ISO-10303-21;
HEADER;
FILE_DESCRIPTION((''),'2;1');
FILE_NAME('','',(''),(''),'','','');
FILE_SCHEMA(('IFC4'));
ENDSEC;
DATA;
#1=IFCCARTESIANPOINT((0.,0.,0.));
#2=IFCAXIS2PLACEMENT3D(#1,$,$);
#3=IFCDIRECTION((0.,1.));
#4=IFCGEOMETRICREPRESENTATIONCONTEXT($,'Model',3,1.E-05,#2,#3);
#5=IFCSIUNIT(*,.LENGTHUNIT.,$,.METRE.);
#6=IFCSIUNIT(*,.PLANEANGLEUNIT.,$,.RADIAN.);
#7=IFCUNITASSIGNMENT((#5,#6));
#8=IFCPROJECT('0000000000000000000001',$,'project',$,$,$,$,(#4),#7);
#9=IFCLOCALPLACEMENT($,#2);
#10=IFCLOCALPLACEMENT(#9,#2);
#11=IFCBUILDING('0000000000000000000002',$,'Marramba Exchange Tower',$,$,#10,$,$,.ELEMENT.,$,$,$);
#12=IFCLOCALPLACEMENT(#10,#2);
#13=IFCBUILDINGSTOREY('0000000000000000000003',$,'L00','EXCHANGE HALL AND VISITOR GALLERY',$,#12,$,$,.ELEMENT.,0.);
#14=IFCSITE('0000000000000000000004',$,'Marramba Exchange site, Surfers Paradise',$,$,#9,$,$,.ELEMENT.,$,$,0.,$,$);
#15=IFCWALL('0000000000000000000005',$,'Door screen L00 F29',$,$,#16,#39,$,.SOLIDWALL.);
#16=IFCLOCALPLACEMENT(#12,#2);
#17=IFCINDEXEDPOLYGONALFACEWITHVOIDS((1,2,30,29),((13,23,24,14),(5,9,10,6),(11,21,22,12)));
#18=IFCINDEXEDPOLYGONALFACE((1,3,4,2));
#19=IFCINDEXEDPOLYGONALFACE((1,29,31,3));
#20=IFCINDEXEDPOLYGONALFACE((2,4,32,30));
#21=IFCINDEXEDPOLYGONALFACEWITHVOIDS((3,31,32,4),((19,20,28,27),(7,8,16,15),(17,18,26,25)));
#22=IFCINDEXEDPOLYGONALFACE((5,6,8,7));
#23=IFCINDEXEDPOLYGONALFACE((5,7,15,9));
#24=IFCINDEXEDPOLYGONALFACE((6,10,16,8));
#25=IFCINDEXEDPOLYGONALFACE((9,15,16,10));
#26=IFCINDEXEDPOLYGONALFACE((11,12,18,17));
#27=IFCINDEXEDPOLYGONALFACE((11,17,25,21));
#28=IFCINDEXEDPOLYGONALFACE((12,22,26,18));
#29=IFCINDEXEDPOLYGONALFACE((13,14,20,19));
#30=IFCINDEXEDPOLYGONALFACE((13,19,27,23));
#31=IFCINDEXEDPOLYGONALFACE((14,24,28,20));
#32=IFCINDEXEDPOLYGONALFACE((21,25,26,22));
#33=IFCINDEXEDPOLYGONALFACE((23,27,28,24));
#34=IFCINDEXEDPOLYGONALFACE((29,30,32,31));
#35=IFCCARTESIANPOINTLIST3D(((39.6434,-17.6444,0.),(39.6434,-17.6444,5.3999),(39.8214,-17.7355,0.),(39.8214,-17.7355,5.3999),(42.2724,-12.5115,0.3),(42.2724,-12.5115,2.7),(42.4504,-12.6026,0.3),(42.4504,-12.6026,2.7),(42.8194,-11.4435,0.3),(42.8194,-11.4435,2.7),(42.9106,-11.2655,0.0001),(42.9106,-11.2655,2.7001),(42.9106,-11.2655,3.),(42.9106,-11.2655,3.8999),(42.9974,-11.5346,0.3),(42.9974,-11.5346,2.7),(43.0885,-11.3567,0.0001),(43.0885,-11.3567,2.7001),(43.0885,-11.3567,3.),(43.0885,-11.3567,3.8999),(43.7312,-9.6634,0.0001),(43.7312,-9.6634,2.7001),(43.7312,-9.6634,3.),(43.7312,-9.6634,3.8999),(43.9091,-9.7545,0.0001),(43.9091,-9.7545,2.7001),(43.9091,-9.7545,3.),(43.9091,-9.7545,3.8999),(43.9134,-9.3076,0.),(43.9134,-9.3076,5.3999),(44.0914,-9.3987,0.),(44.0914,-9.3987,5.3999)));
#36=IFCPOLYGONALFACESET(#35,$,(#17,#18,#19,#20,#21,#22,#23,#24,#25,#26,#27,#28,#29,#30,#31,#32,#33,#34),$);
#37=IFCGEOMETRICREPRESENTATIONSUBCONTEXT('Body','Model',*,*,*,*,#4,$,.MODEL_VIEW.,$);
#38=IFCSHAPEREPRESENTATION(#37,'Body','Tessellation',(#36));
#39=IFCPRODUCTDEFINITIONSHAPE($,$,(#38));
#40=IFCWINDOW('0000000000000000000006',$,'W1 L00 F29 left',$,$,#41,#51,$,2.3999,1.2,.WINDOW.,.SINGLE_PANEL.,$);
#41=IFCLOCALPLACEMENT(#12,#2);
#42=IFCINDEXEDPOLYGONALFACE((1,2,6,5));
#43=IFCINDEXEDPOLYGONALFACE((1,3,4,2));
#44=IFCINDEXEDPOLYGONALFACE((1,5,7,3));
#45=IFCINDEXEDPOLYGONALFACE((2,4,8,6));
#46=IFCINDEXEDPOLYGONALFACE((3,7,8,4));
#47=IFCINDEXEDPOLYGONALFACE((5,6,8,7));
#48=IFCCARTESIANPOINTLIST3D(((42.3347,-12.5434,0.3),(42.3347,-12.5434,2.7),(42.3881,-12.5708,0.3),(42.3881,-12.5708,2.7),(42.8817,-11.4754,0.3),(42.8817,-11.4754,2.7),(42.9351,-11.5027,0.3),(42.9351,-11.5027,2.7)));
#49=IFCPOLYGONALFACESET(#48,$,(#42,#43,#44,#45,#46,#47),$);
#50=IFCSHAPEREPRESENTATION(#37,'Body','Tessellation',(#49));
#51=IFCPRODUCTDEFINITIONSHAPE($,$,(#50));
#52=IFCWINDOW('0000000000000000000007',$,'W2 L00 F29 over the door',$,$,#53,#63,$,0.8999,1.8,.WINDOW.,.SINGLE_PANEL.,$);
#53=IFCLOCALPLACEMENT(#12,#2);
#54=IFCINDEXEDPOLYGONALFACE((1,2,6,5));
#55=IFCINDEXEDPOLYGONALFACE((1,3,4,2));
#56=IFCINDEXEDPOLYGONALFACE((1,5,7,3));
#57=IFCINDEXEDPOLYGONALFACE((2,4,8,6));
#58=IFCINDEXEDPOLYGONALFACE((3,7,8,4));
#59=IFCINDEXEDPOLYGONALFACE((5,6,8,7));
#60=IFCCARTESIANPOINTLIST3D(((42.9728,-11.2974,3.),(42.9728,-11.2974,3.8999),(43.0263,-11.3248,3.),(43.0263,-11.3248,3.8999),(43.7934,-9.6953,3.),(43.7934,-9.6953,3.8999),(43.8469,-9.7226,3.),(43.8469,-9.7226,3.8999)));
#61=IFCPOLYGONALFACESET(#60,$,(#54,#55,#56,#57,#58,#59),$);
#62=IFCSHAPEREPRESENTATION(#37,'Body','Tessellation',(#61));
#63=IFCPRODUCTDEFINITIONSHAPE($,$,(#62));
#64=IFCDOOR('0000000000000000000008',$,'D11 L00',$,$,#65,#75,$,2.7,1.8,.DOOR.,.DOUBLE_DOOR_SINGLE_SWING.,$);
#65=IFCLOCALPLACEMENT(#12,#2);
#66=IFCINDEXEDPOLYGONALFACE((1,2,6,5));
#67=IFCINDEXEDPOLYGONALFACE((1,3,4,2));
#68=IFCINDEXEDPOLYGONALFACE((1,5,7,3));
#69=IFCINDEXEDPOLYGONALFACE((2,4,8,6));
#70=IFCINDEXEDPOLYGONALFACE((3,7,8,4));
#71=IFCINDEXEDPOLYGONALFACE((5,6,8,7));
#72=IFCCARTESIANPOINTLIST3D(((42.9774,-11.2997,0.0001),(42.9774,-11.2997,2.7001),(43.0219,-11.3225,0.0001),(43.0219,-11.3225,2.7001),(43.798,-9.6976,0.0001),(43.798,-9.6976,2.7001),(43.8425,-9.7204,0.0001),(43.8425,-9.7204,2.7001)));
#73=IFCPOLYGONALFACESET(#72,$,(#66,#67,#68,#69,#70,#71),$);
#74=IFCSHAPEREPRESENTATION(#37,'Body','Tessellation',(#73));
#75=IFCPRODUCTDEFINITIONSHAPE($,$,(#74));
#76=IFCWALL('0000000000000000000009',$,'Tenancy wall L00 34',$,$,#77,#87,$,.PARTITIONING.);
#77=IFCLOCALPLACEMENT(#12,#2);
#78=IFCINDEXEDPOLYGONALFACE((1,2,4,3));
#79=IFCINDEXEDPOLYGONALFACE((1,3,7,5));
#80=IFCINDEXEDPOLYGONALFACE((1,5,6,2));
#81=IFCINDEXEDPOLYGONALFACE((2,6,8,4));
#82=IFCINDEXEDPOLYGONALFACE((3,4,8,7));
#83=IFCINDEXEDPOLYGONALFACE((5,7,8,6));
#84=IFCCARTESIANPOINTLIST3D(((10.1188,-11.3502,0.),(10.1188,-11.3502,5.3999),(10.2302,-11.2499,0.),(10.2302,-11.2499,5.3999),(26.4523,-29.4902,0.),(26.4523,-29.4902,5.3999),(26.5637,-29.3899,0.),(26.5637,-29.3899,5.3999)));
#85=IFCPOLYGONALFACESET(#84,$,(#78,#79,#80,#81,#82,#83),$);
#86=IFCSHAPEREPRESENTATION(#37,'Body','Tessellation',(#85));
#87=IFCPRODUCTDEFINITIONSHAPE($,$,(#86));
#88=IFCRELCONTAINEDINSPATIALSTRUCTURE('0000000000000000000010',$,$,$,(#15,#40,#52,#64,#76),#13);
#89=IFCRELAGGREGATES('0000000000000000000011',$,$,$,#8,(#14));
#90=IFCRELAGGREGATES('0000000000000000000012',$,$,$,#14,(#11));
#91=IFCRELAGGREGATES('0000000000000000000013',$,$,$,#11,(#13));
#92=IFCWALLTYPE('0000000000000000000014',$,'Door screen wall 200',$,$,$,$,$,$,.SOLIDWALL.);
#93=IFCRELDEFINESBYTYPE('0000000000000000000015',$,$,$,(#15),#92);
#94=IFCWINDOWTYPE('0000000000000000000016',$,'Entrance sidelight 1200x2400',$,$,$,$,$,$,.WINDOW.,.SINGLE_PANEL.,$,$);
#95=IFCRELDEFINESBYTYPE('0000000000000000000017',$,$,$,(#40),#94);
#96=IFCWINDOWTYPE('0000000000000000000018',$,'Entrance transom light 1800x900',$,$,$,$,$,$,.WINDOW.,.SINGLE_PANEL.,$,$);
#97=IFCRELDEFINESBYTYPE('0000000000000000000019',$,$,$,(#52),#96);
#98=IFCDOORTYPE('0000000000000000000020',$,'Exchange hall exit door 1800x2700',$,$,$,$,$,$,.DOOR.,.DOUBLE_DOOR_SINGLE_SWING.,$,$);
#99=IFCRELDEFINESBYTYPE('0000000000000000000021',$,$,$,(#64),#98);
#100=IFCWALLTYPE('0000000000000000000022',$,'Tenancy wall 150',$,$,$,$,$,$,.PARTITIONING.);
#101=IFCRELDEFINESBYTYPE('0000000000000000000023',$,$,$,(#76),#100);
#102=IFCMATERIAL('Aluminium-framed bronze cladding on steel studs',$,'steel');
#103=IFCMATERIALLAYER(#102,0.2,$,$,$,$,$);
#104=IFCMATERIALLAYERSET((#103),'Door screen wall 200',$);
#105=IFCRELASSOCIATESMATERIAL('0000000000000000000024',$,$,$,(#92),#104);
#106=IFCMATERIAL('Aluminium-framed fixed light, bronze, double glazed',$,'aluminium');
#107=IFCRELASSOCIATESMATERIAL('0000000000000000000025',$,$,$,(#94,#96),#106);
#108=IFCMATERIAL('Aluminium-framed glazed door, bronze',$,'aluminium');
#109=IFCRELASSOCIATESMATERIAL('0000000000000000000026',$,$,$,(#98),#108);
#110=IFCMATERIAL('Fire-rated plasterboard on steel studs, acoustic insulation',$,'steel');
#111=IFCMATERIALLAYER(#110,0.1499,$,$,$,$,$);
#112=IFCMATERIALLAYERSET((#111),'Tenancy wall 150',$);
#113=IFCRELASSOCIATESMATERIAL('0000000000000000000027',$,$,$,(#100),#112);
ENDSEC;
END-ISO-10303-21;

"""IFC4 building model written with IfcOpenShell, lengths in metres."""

from ifc_helpers import new_model, si_unit, direction, frame, frame_2d, origin, place, context, subcontext, project, spatial, rectangle, extrude, material, layer, layer_set, type_object, element, fill, save


model = new_model("IFC4")

# Units and contexts
model_context = context("Model", 3, precision=1e-05, world=origin(), true_north=direction((0.0, 1.0)))
body_context = subcontext(model_context, "Body", "Model", "MODEL_VIEW")
ifc_project = project(units=[si_unit("LENGTHUNIT", "METRE"), si_unit("PLANEANGLEUNIT", "RADIAN")], contexts=[model_context])

# Site, building, storey
site_placement = place(None, origin())
site = spatial("IfcSite", under=ifc_project, at=site_placement, Name="Marramba Exchange site, Surfers Paradise", CompositionType="ELEMENT", RefElevation=0.0)
building_placement = place(site_placement, origin())
building = spatial("IfcBuilding", under=site, at=building_placement, Name="Marramba Exchange Tower", CompositionType="ELEMENT")
storey_placement = place(building_placement, origin())
storey = spatial("IfcBuildingStorey", under=building, at=storey_placement, Name="L00", Description="EXCHANGE HALL AND VISITOR GALLERY", CompositionType="ELEMENT", Elevation=0.0)

# Shared definitions
ifc_material_1 = material(Name="Aluminium-framed bronze cladding on steel studs", Category="steel")
ifc_layer_1 = layer(ifc_material_1, 0.2)
ifc_layer_set_1 = layer_set([ifc_layer_1], Name="Door screen wall 200")
wall_type_1 = type_object("IfcWallType", Name="Door screen wall 200", PredefinedType="SOLIDWALL", material=ifc_layer_set_1)
ifc_material_2 = material(Name="Aluminium-framed glazed door, bronze", Category="aluminium")

# Wall, openings, windows, door
ifc_material_3 = material(Name="Aluminium-framed fixed light, bronze, double glazed", Category="aluminium")
window_type_1 = type_object("IfcWindowType", Name="Entrance sidelight 1200x2400", PartitioningType="SINGLE_PANEL", PredefinedType="WINDOW", material=ifc_material_3)
window_type_2 = type_object("IfcWindowType", Name="Entrance transom light 1800x900", PartitioningType="SINGLE_PANEL", PredefinedType="WINDOW", material=ifc_material_3)
door_type_1 = type_object("IfcDoorType", Name="Exchange hall exit door 1800x2700", OperationType="DOUBLE_DOOR_SINGLE_SWING", PredefinedType="DOOR", material=ifc_material_2)
wall_1_placement = place(storey_placement, frame((39.7324, -17.6899, 0.0), z_axis=(0.0, 0.0, 1.0), x_axis=(0.455867, 0.890048, 0.0)))
wall_1 = element("IfcWall", 1, at=wall_1_placement, inside=storey, type_object=wall_type_1, Name="Door screen L00 F29", PredefinedType="SOLIDWALL", context=body_context, shape_type="SweptSolid", body=[
    extrude(rectangle(XDim=9.3667, YDim=0.2, at=frame_2d((4.6833, 0.0))), origin(), (0.0, 0.0, 1.0), 5.3999),
])
opening_1_placement = place(wall_1_placement, frame((7.167, 0.0, 0.0)))
opening_1 = element("IfcOpeningElement", 2, at=opening_1_placement, cuts=wall_1, PredefinedType="OPENING", context=body_context, shape_type="SweptSolid", body=[
    extrude(rectangle(XDim=1.8, YDim=2.7, at=frame_2d((0.8999, 1.3501))), frame((0.0, 0.1099, 0.0), z_axis=(0.0, -1.0, 0.0), x_axis=(1.0, 0.0, 0.0)), (0.0, 0.0, 1.0), 0.22),
])
opening_2_placement = place(wall_1_placement, frame((5.7668, 0.0, 0.3)))
opening_2 = element("IfcOpeningElement", 3, at=opening_2_placement, cuts=wall_1, PredefinedType="OPENING", context=body_context, shape_type="SweptSolid", body=[
    extrude(rectangle(XDim=1.2, YDim=2.3999, at=frame_2d((0.6001, 1.2))), frame((0.0, 0.1099, 0.0), z_axis=(0.0, -1.0, 0.0), x_axis=(1.0, 0.0, 0.0)), (0.0, 0.0, 1.0), 0.22),
])
opening_3_placement = place(wall_1_placement, frame((7.167, 0.0, 3.0)))
opening_3 = element("IfcOpeningElement", 4, at=opening_3_placement, cuts=wall_1, PredefinedType="OPENING", context=body_context, shape_type="SweptSolid", body=[
    extrude(rectangle(XDim=1.8, YDim=0.8999, at=frame_2d((0.8999, 0.45))), frame((0.0, 0.1099, 0.0), z_axis=(0.0, -1.0, 0.0), x_axis=(1.0, 0.0, 0.0)), (0.0, 0.0, 1.0), 0.22),
])
window_1_placement = place(opening_2_placement, origin())
window_1 = element("IfcWindow", 5, at=window_1_placement, inside=storey, type_object=window_type_1, Name="W1 L00 F29 left", OverallHeight=2.3999, OverallWidth=1.2, PartitioningType="SINGLE_PANEL", PredefinedType="WINDOW", context=body_context, shape_type="SweptSolid", body=[
    extrude(rectangle(XDim=1.2, YDim=2.3999, at=frame_2d((0.6001, 1.2))), frame((0.0, 0.03, 0.0), z_axis=(0.0, -1.0, 0.0), x_axis=(1.0, 0.0, 0.0)), (0.0, 0.0, 1.0), 0.0601),
])
fill(opening_2, window_1)
window_2_placement = place(opening_3_placement, origin())
window_2 = element("IfcWindow", 6, at=window_2_placement, inside=storey, type_object=window_type_2, Name="W2 L00 F29 over the door", OverallHeight=0.8999, OverallWidth=1.8, PartitioningType="SINGLE_PANEL", PredefinedType="WINDOW", context=body_context, shape_type="SweptSolid", body=[
    extrude(rectangle(XDim=1.8, YDim=0.8999, at=frame_2d((0.8999, 0.45))), frame((0.0, 0.03, 0.0), z_axis=(0.0, -1.0, 0.0), x_axis=(1.0, 0.0, 0.0)), (0.0, 0.0, 1.0), 0.0601),
])
fill(opening_3, window_2)
door_1_placement = place(opening_1_placement, frame((1.8, 0.0, 0.0), z_axis=(0.0, 0.0, 1.0), x_axis=(-1.0, 0.0, 0.0)))
door_1 = element("IfcDoor", 7, at=door_1_placement, inside=storey, type_object=door_type_1, Name="D11 L00", OperationType="DOUBLE_DOOR_SINGLE_SWING", OverallHeight=2.7, OverallWidth=1.8, PredefinedType="DOOR", context=body_context, shape_type="SweptSolid", body=[
    extrude(rectangle(XDim=1.8, YDim=2.7, at=frame_2d((0.9001, 1.3501))), frame((0.0, 0.0251, 0.0), z_axis=(0.0, -1.0, 0.0), x_axis=(1.0, 0.0, 0.0)), (0.0, 0.0, 1.0), 0.05),
])
fill(opening_1, door_1)

# Wall
ifc_material_4 = material(Name="Fire-rated plasterboard on steel studs, acoustic insulation", Category="steel")
ifc_layer_2 = layer(ifc_material_4, 0.1499)
ifc_layer_set_2 = layer_set([ifc_layer_2], Name="Tenancy wall 150")
wall_type_2 = type_object("IfcWallType", Name="Tenancy wall 150", PredefinedType="PARTITIONING", material=ifc_layer_set_2)
wall_2_placement = place(storey_placement, frame((26.5081, -29.4402, 0.0), z_axis=(0.0, 0.0, 1.0), x_axis=(-0.669132, 0.743144, 0.0)))
element("IfcWall", 8, at=wall_2_placement, inside=storey, type_object=wall_type_2, Name="Tenancy wall L00 34", PredefinedType="PARTITIONING", context=body_context, shape_type="SweptSolid", body=[
    extrude(rectangle(XDim=24.4099, YDim=0.1499, at=frame_2d((12.2051, 0.0))), origin(), (0.0, 0.0, 1.0), 5.3999),
])

save(model, "model.ifc")
